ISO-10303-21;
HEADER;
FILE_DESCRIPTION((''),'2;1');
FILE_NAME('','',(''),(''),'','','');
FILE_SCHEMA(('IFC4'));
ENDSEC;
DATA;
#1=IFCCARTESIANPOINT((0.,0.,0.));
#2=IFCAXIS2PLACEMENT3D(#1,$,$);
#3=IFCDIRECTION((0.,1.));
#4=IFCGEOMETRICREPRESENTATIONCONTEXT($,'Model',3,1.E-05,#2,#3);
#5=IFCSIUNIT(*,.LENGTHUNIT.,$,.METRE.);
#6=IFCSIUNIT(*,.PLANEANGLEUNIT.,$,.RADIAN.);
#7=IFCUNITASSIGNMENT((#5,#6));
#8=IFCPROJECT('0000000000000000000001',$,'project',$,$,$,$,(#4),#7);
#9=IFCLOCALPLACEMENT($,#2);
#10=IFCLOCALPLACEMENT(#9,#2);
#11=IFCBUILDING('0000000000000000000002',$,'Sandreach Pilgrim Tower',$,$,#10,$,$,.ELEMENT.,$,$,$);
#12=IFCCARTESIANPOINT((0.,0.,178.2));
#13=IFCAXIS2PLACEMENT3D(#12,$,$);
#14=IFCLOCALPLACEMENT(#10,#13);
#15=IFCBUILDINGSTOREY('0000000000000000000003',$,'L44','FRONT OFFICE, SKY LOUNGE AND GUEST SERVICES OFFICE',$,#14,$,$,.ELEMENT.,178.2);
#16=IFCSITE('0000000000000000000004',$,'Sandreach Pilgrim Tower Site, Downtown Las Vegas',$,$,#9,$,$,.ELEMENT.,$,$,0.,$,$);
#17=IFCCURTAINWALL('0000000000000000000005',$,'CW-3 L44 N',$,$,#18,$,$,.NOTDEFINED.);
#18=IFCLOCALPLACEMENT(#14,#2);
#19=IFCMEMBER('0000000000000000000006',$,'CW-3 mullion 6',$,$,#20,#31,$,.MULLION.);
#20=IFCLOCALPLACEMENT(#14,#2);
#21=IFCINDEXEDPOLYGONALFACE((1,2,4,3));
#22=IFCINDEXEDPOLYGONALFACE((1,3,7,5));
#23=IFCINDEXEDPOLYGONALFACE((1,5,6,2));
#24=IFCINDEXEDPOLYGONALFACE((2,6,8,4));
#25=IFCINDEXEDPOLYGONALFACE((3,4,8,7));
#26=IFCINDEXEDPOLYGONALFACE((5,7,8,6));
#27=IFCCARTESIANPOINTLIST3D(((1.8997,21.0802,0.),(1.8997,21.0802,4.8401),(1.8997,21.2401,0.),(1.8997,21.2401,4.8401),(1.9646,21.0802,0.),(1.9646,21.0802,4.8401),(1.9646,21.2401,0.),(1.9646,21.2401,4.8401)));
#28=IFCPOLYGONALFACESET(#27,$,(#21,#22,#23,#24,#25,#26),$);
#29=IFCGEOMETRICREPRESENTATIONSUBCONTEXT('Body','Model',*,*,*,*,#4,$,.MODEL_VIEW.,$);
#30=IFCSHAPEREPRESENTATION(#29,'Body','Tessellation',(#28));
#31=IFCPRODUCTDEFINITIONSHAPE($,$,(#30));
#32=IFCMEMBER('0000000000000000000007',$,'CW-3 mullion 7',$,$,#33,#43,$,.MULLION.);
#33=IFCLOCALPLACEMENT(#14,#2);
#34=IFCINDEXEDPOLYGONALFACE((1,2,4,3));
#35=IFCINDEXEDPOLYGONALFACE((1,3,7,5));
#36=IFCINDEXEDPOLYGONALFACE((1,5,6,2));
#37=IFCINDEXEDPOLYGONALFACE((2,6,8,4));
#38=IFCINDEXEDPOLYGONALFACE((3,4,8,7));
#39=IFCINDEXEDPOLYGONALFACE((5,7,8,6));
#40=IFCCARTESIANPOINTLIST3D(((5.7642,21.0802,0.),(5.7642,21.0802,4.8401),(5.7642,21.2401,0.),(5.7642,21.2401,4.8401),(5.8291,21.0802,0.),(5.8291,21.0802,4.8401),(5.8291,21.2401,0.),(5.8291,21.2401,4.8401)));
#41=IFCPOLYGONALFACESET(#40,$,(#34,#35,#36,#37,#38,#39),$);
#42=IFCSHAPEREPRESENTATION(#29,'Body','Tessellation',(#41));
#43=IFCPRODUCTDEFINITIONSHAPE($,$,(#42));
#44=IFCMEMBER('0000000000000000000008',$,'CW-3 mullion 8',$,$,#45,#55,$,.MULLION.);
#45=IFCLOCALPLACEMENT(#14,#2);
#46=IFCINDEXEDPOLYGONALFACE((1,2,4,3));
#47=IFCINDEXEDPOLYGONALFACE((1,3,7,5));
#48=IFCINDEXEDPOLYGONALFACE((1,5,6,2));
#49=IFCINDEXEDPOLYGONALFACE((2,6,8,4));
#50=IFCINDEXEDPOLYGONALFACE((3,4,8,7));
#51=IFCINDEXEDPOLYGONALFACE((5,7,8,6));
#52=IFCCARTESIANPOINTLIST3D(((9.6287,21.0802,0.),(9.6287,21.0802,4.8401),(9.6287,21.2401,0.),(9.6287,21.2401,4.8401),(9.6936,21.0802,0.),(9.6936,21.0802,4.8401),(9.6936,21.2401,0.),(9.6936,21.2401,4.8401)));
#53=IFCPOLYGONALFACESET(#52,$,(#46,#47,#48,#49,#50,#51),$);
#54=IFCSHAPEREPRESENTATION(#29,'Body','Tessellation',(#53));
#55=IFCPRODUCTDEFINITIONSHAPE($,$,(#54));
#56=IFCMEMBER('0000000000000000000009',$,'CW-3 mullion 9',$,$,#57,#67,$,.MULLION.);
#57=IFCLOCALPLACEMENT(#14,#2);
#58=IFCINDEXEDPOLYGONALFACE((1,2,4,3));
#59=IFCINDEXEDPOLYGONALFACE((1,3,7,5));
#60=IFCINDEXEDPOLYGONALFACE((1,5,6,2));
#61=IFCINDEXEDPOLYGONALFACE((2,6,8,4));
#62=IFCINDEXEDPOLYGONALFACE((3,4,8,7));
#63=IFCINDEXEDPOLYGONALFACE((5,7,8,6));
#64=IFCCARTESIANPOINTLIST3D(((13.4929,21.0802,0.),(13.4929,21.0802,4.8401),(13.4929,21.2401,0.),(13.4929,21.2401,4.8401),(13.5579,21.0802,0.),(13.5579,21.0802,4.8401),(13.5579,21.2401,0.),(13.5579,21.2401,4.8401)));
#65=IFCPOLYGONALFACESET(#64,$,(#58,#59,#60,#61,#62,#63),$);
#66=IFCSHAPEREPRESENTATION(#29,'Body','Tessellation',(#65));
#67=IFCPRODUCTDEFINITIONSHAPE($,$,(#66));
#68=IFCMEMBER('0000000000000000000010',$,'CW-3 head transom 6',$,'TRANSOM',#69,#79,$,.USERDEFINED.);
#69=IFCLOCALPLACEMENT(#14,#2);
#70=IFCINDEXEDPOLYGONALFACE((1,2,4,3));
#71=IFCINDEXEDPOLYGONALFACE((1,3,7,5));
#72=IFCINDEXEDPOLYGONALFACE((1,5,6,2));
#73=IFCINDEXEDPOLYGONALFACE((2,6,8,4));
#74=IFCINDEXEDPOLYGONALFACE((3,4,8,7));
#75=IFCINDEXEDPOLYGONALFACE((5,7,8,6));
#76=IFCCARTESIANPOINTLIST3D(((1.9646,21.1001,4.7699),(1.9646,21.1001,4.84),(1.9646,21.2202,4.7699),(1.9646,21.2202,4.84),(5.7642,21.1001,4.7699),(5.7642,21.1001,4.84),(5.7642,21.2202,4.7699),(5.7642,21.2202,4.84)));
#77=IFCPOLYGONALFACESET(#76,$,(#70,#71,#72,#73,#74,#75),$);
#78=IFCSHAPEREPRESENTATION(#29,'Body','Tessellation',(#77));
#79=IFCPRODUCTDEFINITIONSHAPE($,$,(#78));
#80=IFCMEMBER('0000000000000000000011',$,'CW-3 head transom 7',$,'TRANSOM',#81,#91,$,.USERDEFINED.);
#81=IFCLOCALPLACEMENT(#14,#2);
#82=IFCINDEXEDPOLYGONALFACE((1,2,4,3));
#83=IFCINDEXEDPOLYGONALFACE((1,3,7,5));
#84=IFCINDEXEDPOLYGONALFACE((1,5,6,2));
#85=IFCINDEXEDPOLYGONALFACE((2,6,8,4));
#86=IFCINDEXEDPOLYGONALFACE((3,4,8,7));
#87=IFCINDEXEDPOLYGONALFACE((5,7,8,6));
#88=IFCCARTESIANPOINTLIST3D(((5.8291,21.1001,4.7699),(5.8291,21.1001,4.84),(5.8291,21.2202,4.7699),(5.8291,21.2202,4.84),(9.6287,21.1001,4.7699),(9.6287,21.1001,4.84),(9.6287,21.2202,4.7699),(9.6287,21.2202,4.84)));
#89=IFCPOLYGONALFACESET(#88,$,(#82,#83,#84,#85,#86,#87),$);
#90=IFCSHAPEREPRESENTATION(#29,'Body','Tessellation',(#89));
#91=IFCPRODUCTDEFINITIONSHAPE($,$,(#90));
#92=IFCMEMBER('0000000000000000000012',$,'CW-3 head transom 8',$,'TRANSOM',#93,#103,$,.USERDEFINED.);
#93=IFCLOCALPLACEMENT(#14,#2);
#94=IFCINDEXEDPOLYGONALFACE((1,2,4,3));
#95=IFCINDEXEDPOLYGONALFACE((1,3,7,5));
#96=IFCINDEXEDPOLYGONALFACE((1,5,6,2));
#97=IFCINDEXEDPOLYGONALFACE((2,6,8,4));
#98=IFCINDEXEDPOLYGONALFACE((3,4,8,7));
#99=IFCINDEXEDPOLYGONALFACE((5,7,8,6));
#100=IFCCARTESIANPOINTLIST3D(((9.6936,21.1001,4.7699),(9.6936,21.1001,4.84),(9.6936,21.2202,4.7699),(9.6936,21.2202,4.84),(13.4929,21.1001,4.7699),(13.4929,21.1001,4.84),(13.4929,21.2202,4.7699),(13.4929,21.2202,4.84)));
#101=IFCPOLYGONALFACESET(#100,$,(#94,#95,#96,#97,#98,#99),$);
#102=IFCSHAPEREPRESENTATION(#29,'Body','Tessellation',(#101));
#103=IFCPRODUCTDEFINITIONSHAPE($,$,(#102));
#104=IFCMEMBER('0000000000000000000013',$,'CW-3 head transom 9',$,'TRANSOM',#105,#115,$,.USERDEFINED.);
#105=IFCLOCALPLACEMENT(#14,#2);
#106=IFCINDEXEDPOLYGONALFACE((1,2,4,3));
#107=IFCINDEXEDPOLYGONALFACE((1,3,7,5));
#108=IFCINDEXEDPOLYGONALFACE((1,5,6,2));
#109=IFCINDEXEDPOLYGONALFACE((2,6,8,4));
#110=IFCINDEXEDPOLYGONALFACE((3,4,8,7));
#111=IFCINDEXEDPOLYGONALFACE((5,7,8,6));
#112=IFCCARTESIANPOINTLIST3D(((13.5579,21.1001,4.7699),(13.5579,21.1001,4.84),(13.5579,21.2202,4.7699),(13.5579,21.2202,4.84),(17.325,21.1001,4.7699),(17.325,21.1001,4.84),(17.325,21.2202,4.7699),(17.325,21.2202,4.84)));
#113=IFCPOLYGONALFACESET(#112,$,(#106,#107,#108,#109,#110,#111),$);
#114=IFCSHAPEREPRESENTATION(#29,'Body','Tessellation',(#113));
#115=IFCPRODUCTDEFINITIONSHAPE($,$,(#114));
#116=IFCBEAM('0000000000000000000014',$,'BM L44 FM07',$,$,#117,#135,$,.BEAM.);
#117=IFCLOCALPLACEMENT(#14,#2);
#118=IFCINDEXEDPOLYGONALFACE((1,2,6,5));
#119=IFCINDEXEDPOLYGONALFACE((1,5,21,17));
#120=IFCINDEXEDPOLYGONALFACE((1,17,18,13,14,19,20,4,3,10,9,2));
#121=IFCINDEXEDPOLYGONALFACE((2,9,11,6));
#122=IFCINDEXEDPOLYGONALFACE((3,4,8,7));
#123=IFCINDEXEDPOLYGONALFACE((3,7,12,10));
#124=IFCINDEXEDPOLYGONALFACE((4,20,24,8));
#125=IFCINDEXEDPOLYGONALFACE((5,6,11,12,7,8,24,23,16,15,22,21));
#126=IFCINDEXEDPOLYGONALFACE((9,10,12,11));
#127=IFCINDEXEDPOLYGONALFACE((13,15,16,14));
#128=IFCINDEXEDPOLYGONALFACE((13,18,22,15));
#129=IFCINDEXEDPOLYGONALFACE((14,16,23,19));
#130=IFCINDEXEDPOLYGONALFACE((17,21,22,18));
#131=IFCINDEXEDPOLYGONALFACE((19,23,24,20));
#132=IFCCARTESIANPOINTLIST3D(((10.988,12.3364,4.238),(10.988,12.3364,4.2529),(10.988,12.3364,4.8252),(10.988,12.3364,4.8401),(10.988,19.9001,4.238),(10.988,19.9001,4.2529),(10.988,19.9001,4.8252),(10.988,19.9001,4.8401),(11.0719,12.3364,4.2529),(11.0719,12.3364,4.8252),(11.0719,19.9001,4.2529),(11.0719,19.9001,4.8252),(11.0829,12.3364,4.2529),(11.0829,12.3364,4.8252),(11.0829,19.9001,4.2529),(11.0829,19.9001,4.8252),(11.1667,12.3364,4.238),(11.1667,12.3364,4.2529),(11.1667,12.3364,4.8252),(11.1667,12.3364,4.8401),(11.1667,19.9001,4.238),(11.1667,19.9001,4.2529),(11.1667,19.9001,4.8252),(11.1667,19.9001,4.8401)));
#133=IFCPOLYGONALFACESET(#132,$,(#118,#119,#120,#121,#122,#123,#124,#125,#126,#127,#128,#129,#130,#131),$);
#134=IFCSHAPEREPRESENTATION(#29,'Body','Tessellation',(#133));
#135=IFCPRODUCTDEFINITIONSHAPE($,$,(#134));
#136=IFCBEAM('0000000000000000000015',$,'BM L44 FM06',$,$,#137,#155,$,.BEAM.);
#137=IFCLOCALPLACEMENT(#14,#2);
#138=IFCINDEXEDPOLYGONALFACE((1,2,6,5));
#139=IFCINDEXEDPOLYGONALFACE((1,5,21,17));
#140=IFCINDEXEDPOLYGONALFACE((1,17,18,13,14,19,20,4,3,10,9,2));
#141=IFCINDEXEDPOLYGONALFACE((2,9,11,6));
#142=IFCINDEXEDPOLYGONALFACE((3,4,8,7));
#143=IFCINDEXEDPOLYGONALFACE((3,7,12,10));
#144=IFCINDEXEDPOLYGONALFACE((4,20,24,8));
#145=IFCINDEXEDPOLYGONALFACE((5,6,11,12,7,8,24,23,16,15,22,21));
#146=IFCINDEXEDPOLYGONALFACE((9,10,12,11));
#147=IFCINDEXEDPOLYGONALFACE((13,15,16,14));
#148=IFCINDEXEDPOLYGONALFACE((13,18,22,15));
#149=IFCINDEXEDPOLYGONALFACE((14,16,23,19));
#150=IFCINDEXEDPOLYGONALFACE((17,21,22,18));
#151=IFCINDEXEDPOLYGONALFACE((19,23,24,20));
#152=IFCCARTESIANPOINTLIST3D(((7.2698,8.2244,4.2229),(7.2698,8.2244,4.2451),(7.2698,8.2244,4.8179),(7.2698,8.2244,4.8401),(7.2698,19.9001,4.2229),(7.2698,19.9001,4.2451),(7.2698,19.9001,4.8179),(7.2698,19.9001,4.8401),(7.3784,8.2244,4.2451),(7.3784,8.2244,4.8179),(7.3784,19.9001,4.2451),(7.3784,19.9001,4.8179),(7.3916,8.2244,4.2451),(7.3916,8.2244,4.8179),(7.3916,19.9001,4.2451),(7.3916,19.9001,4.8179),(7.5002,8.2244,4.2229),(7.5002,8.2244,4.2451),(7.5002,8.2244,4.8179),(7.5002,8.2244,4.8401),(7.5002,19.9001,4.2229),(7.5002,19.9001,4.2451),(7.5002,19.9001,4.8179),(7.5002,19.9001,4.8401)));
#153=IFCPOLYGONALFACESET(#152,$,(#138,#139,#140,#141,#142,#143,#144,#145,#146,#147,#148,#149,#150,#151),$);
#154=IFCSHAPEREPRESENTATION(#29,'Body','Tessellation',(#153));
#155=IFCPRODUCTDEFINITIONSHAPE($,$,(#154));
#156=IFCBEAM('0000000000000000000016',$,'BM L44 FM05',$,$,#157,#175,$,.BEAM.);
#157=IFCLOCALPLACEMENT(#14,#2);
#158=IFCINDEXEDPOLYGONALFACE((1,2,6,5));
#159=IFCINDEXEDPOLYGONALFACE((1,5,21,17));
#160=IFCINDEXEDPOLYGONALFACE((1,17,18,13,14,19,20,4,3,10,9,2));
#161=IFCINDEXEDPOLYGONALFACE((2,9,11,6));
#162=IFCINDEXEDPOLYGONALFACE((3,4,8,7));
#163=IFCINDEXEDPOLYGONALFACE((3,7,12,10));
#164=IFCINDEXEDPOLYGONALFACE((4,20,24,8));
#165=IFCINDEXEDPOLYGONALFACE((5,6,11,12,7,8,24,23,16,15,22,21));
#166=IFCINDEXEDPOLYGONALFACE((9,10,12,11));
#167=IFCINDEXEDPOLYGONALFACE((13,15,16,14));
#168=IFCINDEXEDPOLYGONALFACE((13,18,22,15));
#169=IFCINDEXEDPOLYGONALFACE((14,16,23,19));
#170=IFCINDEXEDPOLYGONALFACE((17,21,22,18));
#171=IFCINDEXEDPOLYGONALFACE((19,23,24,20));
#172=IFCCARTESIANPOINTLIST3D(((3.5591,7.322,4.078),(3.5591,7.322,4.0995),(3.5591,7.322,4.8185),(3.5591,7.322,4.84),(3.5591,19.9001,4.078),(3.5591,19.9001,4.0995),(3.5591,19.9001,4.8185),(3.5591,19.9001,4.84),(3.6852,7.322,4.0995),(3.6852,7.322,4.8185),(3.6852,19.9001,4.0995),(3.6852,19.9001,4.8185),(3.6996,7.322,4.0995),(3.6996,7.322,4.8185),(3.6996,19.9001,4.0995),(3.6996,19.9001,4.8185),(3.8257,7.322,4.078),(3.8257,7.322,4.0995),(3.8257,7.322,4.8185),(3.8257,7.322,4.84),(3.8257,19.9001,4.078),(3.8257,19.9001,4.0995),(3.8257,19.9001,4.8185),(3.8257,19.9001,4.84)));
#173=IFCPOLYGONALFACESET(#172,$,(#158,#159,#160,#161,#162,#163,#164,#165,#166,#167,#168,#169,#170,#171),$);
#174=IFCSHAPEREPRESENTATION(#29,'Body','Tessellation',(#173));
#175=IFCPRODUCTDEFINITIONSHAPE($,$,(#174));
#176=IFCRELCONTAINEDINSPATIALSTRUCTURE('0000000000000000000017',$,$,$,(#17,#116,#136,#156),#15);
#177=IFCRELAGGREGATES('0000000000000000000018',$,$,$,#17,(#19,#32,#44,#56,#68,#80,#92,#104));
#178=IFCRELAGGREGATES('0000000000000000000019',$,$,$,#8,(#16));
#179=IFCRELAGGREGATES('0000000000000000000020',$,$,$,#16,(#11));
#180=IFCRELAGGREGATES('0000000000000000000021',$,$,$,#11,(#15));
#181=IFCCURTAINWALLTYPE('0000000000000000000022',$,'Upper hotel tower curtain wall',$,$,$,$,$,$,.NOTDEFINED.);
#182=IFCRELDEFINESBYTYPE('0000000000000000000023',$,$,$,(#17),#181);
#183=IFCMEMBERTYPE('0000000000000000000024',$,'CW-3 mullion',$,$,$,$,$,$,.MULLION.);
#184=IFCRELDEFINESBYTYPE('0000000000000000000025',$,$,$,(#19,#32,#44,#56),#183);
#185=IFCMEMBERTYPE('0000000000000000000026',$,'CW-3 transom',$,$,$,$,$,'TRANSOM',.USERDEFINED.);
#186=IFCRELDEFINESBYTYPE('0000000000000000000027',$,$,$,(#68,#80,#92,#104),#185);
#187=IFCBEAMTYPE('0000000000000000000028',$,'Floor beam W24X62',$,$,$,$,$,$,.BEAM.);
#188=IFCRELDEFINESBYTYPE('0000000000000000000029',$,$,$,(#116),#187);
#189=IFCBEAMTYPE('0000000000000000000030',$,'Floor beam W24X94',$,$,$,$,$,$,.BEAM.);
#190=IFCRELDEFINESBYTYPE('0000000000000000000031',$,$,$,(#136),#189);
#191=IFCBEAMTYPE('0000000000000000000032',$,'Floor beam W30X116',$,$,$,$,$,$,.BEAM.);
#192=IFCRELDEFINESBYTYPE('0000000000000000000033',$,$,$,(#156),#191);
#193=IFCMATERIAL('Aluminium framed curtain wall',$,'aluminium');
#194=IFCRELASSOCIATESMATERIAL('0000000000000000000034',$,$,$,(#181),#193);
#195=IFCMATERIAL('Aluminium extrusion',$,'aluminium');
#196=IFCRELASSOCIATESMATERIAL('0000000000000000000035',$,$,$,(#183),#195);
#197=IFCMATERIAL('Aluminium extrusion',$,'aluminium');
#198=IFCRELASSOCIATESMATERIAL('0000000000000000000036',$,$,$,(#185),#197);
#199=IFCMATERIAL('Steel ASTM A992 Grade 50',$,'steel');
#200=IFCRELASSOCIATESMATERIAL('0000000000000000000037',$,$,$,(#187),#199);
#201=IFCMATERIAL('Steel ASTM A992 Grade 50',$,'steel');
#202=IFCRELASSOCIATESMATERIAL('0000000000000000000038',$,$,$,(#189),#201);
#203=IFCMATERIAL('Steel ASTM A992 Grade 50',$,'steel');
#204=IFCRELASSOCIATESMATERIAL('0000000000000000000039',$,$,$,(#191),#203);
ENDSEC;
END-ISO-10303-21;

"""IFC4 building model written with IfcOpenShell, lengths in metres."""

from ifc_helpers import new_model, si_unit, direction, frame, origin, origin_2d, place, context, subcontext, project, spatial, rectangle, i_section, extrude, material, material_profile, profile_set, type_object, element, aggregate, save


model = new_model("IFC4")

# Units and contexts
model_context = context("Model", 3, precision=1e-05, world=origin(), true_north=direction((0.0, 1.0)))
body_context = subcontext(model_context, "Body", "Model", "MODEL_VIEW")
ifc_project = project(units=[si_unit("LENGTHUNIT", "METRE"), si_unit("PLANEANGLEUNIT", "RADIAN")], contexts=[model_context])

# Site, building, storey
site_placement = place(None, origin())
site = spatial("IfcSite", under=ifc_project, at=site_placement, Name="Sandreach Pilgrim Tower Site, Downtown Las Vegas", CompositionType="ELEMENT", RefElevation=0.0)
building_placement = place(site_placement, origin())
building = spatial("IfcBuilding", under=site, at=building_placement, Name="Sandreach Pilgrim Tower", CompositionType="ELEMENT")
storey_placement = place(building_placement, frame((0.0, 0.0, 178.2)))
storey = spatial("IfcBuildingStorey", under=building, at=storey_placement, Name="L44", Description="FRONT OFFICE, SKY LOUNGE AND GUEST SERVICES OFFICE", CompositionType="ELEMENT", Elevation=178.2)

# Curtain wall, members
ifc_material_1 = material(Name="Aluminium framed curtain wall", Category="aluminium")
curtain_wall_type = type_object("IfcCurtainWallType", Name="Upper hotel tower curtain wall", PredefinedType="NOTDEFINED", material=ifc_material_1)
curtain_wall_placement = place(storey_placement, origin())
curtain_wall = element("IfcCurtainWall", 1, at=curtain_wall_placement, inside=storey, type_object=curtain_wall_type, Name="CW-3 L44 N", PredefinedType="NOTDEFINED")
ifc_material_2 = material(Name="Aluminium extrusion", Category="aluminium")
ifc_material_profile_1 = material_profile(ifc_material_2, rectangle(XDim=0.0649, YDim=0.1599, at=origin_2d()), Name="CW-3M 65X160")
ifc_profile_set_1 = profile_set([ifc_material_profile_1], Name="Aluminium extrusion")
member_type_1 = type_object("IfcMemberType", Name="CW-3 mullion", PredefinedType="MULLION", material=ifc_profile_set_1)
member_1_placement = place(storey_placement, frame((1.9321, 21.1602, 0.0), z_axis=(0.0, 0.0, 1.0), x_axis=(1.0, 0.0, 0.0)))
member_1 = element("IfcMember", 2, at=member_1_placement, type_object=member_type_1, Name="CW-3 mullion 6", PredefinedType="MULLION", context=body_context, shape_type="SweptSolid", body=[
    extrude(rectangle(XDim=0.0649, YDim=0.1599, at=origin_2d()), origin(), (0.0, 0.0, 1.0), 4.8401),
])
member_2_placement = place(storey_placement, frame((5.7966, 21.1602, 0.0), z_axis=(0.0, 0.0, 1.0), x_axis=(1.0, 0.0, 0.0)))
member_2 = element("IfcMember", 3, at=member_2_placement, type_object=member_type_1, Name="CW-3 mullion 7", PredefinedType="MULLION", context=body_context, shape_type="SweptSolid", body=[
    extrude(rectangle(XDim=0.0649, YDim=0.1599, at=origin_2d()), origin(), (0.0, 0.0, 1.0), 4.8401),
])
member_3_placement = place(storey_placement, frame((9.6611, 21.1602, 0.0), z_axis=(0.0, 0.0, 1.0), x_axis=(1.0, 0.0, 0.0)))
member_3 = element("IfcMember", 4, at=member_3_placement, type_object=member_type_1, Name="CW-3 mullion 8", PredefinedType="MULLION", context=body_context, shape_type="SweptSolid", body=[
    extrude(rectangle(XDim=0.0649, YDim=0.1599, at=origin_2d()), origin(), (0.0, 0.0, 1.0), 4.8401),
])
member_4_placement = place(storey_placement, frame((13.5254, 21.1602, 0.0), z_axis=(0.0, 0.0, 1.0), x_axis=(1.0, 0.0, 0.0)))
member_4 = element("IfcMember", 5, at=member_4_placement, type_object=member_type_1, Name="CW-3 mullion 9", PredefinedType="MULLION", context=body_context, shape_type="SweptSolid", body=[
    extrude(rectangle(XDim=0.0649, YDim=0.1599, at=origin_2d()), origin(), (0.0, 0.0, 1.0), 4.8401),
])
ifc_material_3 = material(Name="Aluminium extrusion", Category="aluminium")
ifc_material_profile_2 = material_profile(ifc_material_3, rectangle(XDim=0.1201, YDim=0.0701, at=origin_2d()), Name="CW-3T 120X70")
ifc_profile_set_2 = profile_set([ifc_material_profile_2], Name="Aluminium extrusion")
member_type_2 = type_object("IfcMemberType", Name="CW-3 transom", ElementType="TRANSOM", PredefinedType="USERDEFINED", material=ifc_profile_set_2)
member_5_placement = place(storey_placement, frame((1.9646, 21.1602, 4.8049), z_axis=(1.0, 0.0, 0.0), x_axis=(0.0, 1.0, 0.0)))
member_5 = element("IfcMember", 6, at=member_5_placement, type_object=member_type_2, Name="CW-3 head transom 6", ObjectType="TRANSOM", PredefinedType="USERDEFINED", context=body_context, shape_type="SweptSolid", body=[
    extrude(rectangle(XDim=0.1201, YDim=0.0701, at=origin_2d()), origin(), (0.0, 0.0, 1.0), 3.7996),
])
member_6_placement = place(storey_placement, frame((5.8291, 21.1602, 4.8049), z_axis=(1.0, 0.0, 0.0), x_axis=(0.0, 1.0, 0.0)))
member_6 = element("IfcMember", 7, at=member_6_placement, type_object=member_type_2, Name="CW-3 head transom 7", ObjectType="TRANSOM", PredefinedType="USERDEFINED", context=body_context, shape_type="SweptSolid", body=[
    extrude(rectangle(XDim=0.1201, YDim=0.0701, at=origin_2d()), origin(), (0.0, 0.0, 1.0), 3.7996),
])
member_7_placement = place(storey_placement, frame((9.6936, 21.1602, 4.8049), z_axis=(1.0, 0.0, 0.0), x_axis=(0.0, 1.0, 0.0)))
member_7 = element("IfcMember", 8, at=member_7_placement, type_object=member_type_2, Name="CW-3 head transom 8", ObjectType="TRANSOM", PredefinedType="USERDEFINED", context=body_context, shape_type="SweptSolid", body=[
    extrude(rectangle(XDim=0.1201, YDim=0.0701, at=origin_2d()), origin(), (0.0, 0.0, 1.0), 3.7993),
])
member_8_placement = place(storey_placement, frame((13.5579, 21.1602, 4.8049), z_axis=(1.0, 0.0, 0.0), x_axis=(0.0, 1.0, 0.0)))
member_8 = element("IfcMember", 9, at=member_8_placement, type_object=member_type_2, Name="CW-3 head transom 9", ObjectType="TRANSOM", PredefinedType="USERDEFINED", context=body_context, shape_type="SweptSolid", body=[
    extrude(rectangle(XDim=0.1201, YDim=0.0701, at=origin_2d()), origin(), (0.0, 0.0, 1.0), 3.7671),
])

# Beams
ifc_material_4 = material(Name="Steel ASTM A992 Grade 50", Category="steel")
ifc_material_profile_3 = material_profile(ifc_material_4, i_section(OverallWidth=0.1787, OverallDepth=0.6021, WebThickness=0.011, FlangeThickness=0.0149, at=origin_2d()), Name="W24X62")
ifc_profile_set_3 = profile_set([ifc_material_profile_3], Name="Steel ASTM A992 Grade 50")
beam_type_1 = type_object("IfcBeamType", Name="Floor beam W24X62", PredefinedType="BEAM", material=ifc_profile_set_3)
beam_1_placement = place(storey_placement, frame((11.0774, 19.9001, 4.5391), z_axis=(0.0, -1.0, 0.0), x_axis=(1.0, 0.0, 0.0)))
element("IfcBeam", 10, at=beam_1_placement, inside=storey, type_object=beam_type_1, Name="BM L44 FM07", PredefinedType="BEAM", context=body_context, shape_type="SweptSolid", body=[
    extrude(i_section(OverallWidth=0.1787, OverallDepth=0.6021, WebThickness=0.011, FlangeThickness=0.0149, at=origin_2d()), origin(), (0.0, 0.0, 1.0), 7.5637),
])
ifc_material_5 = material(Name="Steel ASTM A992 Grade 50", Category="steel")
ifc_material_profile_4 = material_profile(ifc_material_5, i_section(OverallWidth=0.2305, OverallDepth=0.6172, WebThickness=0.0132, FlangeThickness=0.0222, at=origin_2d()), Name="W24X94")
ifc_profile_set_4 = profile_set([ifc_material_profile_4], Name="Steel ASTM A992 Grade 50")
beam_type_2 = type_object("IfcBeamType", Name="Floor beam W24X94", PredefinedType="BEAM", material=ifc_profile_set_4)
beam_2_placement = place(storey_placement, frame((7.385, 19.9001, 4.5315), z_axis=(0.0, -1.0, 0.0), x_axis=(1.0, 0.0, 0.0)))
element("IfcBeam", 11, at=beam_2_placement, inside=storey, type_object=beam_type_2, Name="BM L44 FM06", PredefinedType="BEAM", context=body_context, shape_type="SweptSolid", body=[
    extrude(i_section(OverallWidth=0.2305, OverallDepth=0.6172, WebThickness=0.0132, FlangeThickness=0.0222, at=origin_2d()), origin(), (0.0, 0.0, 1.0), 11.6758),
])
ifc_material_6 = material(Name="Steel ASTM A992 Grade 50", Category="steel")
ifc_material_profile_5 = material_profile(ifc_material_6, i_section(OverallWidth=0.2666, OverallDepth=0.762, WebThickness=0.0144, FlangeThickness=0.0215, at=origin_2d()), Name="W30X116")
ifc_profile_set_5 = profile_set([ifc_material_profile_5], Name="Steel ASTM A992 Grade 50")
beam_type_3 = type_object("IfcBeamType", Name="Floor beam W30X116", PredefinedType="BEAM", material=ifc_profile_set_5)
beam_3_placement = place(storey_placement, frame((3.6924, 19.9001, 4.459), z_axis=(0.0, -1.0, 0.0), x_axis=(1.0, 0.0, 0.0)))
element("IfcBeam", 12, at=beam_3_placement, inside=storey, type_object=beam_type_3, Name="BM L44 FM05", PredefinedType="BEAM", context=body_context, shape_type="SweptSolid", body=[
    extrude(i_section(OverallWidth=0.2666, OverallDepth=0.762, WebThickness=0.0144, FlangeThickness=0.0215, at=origin_2d()), origin(), (0.0, 0.0, 1.0), 12.5781),
])

aggregate(curtain_wall, [member_1, member_2, member_3, member_4, member_5, member_6, member_7, member_8])

save(model, "model.ifc")
